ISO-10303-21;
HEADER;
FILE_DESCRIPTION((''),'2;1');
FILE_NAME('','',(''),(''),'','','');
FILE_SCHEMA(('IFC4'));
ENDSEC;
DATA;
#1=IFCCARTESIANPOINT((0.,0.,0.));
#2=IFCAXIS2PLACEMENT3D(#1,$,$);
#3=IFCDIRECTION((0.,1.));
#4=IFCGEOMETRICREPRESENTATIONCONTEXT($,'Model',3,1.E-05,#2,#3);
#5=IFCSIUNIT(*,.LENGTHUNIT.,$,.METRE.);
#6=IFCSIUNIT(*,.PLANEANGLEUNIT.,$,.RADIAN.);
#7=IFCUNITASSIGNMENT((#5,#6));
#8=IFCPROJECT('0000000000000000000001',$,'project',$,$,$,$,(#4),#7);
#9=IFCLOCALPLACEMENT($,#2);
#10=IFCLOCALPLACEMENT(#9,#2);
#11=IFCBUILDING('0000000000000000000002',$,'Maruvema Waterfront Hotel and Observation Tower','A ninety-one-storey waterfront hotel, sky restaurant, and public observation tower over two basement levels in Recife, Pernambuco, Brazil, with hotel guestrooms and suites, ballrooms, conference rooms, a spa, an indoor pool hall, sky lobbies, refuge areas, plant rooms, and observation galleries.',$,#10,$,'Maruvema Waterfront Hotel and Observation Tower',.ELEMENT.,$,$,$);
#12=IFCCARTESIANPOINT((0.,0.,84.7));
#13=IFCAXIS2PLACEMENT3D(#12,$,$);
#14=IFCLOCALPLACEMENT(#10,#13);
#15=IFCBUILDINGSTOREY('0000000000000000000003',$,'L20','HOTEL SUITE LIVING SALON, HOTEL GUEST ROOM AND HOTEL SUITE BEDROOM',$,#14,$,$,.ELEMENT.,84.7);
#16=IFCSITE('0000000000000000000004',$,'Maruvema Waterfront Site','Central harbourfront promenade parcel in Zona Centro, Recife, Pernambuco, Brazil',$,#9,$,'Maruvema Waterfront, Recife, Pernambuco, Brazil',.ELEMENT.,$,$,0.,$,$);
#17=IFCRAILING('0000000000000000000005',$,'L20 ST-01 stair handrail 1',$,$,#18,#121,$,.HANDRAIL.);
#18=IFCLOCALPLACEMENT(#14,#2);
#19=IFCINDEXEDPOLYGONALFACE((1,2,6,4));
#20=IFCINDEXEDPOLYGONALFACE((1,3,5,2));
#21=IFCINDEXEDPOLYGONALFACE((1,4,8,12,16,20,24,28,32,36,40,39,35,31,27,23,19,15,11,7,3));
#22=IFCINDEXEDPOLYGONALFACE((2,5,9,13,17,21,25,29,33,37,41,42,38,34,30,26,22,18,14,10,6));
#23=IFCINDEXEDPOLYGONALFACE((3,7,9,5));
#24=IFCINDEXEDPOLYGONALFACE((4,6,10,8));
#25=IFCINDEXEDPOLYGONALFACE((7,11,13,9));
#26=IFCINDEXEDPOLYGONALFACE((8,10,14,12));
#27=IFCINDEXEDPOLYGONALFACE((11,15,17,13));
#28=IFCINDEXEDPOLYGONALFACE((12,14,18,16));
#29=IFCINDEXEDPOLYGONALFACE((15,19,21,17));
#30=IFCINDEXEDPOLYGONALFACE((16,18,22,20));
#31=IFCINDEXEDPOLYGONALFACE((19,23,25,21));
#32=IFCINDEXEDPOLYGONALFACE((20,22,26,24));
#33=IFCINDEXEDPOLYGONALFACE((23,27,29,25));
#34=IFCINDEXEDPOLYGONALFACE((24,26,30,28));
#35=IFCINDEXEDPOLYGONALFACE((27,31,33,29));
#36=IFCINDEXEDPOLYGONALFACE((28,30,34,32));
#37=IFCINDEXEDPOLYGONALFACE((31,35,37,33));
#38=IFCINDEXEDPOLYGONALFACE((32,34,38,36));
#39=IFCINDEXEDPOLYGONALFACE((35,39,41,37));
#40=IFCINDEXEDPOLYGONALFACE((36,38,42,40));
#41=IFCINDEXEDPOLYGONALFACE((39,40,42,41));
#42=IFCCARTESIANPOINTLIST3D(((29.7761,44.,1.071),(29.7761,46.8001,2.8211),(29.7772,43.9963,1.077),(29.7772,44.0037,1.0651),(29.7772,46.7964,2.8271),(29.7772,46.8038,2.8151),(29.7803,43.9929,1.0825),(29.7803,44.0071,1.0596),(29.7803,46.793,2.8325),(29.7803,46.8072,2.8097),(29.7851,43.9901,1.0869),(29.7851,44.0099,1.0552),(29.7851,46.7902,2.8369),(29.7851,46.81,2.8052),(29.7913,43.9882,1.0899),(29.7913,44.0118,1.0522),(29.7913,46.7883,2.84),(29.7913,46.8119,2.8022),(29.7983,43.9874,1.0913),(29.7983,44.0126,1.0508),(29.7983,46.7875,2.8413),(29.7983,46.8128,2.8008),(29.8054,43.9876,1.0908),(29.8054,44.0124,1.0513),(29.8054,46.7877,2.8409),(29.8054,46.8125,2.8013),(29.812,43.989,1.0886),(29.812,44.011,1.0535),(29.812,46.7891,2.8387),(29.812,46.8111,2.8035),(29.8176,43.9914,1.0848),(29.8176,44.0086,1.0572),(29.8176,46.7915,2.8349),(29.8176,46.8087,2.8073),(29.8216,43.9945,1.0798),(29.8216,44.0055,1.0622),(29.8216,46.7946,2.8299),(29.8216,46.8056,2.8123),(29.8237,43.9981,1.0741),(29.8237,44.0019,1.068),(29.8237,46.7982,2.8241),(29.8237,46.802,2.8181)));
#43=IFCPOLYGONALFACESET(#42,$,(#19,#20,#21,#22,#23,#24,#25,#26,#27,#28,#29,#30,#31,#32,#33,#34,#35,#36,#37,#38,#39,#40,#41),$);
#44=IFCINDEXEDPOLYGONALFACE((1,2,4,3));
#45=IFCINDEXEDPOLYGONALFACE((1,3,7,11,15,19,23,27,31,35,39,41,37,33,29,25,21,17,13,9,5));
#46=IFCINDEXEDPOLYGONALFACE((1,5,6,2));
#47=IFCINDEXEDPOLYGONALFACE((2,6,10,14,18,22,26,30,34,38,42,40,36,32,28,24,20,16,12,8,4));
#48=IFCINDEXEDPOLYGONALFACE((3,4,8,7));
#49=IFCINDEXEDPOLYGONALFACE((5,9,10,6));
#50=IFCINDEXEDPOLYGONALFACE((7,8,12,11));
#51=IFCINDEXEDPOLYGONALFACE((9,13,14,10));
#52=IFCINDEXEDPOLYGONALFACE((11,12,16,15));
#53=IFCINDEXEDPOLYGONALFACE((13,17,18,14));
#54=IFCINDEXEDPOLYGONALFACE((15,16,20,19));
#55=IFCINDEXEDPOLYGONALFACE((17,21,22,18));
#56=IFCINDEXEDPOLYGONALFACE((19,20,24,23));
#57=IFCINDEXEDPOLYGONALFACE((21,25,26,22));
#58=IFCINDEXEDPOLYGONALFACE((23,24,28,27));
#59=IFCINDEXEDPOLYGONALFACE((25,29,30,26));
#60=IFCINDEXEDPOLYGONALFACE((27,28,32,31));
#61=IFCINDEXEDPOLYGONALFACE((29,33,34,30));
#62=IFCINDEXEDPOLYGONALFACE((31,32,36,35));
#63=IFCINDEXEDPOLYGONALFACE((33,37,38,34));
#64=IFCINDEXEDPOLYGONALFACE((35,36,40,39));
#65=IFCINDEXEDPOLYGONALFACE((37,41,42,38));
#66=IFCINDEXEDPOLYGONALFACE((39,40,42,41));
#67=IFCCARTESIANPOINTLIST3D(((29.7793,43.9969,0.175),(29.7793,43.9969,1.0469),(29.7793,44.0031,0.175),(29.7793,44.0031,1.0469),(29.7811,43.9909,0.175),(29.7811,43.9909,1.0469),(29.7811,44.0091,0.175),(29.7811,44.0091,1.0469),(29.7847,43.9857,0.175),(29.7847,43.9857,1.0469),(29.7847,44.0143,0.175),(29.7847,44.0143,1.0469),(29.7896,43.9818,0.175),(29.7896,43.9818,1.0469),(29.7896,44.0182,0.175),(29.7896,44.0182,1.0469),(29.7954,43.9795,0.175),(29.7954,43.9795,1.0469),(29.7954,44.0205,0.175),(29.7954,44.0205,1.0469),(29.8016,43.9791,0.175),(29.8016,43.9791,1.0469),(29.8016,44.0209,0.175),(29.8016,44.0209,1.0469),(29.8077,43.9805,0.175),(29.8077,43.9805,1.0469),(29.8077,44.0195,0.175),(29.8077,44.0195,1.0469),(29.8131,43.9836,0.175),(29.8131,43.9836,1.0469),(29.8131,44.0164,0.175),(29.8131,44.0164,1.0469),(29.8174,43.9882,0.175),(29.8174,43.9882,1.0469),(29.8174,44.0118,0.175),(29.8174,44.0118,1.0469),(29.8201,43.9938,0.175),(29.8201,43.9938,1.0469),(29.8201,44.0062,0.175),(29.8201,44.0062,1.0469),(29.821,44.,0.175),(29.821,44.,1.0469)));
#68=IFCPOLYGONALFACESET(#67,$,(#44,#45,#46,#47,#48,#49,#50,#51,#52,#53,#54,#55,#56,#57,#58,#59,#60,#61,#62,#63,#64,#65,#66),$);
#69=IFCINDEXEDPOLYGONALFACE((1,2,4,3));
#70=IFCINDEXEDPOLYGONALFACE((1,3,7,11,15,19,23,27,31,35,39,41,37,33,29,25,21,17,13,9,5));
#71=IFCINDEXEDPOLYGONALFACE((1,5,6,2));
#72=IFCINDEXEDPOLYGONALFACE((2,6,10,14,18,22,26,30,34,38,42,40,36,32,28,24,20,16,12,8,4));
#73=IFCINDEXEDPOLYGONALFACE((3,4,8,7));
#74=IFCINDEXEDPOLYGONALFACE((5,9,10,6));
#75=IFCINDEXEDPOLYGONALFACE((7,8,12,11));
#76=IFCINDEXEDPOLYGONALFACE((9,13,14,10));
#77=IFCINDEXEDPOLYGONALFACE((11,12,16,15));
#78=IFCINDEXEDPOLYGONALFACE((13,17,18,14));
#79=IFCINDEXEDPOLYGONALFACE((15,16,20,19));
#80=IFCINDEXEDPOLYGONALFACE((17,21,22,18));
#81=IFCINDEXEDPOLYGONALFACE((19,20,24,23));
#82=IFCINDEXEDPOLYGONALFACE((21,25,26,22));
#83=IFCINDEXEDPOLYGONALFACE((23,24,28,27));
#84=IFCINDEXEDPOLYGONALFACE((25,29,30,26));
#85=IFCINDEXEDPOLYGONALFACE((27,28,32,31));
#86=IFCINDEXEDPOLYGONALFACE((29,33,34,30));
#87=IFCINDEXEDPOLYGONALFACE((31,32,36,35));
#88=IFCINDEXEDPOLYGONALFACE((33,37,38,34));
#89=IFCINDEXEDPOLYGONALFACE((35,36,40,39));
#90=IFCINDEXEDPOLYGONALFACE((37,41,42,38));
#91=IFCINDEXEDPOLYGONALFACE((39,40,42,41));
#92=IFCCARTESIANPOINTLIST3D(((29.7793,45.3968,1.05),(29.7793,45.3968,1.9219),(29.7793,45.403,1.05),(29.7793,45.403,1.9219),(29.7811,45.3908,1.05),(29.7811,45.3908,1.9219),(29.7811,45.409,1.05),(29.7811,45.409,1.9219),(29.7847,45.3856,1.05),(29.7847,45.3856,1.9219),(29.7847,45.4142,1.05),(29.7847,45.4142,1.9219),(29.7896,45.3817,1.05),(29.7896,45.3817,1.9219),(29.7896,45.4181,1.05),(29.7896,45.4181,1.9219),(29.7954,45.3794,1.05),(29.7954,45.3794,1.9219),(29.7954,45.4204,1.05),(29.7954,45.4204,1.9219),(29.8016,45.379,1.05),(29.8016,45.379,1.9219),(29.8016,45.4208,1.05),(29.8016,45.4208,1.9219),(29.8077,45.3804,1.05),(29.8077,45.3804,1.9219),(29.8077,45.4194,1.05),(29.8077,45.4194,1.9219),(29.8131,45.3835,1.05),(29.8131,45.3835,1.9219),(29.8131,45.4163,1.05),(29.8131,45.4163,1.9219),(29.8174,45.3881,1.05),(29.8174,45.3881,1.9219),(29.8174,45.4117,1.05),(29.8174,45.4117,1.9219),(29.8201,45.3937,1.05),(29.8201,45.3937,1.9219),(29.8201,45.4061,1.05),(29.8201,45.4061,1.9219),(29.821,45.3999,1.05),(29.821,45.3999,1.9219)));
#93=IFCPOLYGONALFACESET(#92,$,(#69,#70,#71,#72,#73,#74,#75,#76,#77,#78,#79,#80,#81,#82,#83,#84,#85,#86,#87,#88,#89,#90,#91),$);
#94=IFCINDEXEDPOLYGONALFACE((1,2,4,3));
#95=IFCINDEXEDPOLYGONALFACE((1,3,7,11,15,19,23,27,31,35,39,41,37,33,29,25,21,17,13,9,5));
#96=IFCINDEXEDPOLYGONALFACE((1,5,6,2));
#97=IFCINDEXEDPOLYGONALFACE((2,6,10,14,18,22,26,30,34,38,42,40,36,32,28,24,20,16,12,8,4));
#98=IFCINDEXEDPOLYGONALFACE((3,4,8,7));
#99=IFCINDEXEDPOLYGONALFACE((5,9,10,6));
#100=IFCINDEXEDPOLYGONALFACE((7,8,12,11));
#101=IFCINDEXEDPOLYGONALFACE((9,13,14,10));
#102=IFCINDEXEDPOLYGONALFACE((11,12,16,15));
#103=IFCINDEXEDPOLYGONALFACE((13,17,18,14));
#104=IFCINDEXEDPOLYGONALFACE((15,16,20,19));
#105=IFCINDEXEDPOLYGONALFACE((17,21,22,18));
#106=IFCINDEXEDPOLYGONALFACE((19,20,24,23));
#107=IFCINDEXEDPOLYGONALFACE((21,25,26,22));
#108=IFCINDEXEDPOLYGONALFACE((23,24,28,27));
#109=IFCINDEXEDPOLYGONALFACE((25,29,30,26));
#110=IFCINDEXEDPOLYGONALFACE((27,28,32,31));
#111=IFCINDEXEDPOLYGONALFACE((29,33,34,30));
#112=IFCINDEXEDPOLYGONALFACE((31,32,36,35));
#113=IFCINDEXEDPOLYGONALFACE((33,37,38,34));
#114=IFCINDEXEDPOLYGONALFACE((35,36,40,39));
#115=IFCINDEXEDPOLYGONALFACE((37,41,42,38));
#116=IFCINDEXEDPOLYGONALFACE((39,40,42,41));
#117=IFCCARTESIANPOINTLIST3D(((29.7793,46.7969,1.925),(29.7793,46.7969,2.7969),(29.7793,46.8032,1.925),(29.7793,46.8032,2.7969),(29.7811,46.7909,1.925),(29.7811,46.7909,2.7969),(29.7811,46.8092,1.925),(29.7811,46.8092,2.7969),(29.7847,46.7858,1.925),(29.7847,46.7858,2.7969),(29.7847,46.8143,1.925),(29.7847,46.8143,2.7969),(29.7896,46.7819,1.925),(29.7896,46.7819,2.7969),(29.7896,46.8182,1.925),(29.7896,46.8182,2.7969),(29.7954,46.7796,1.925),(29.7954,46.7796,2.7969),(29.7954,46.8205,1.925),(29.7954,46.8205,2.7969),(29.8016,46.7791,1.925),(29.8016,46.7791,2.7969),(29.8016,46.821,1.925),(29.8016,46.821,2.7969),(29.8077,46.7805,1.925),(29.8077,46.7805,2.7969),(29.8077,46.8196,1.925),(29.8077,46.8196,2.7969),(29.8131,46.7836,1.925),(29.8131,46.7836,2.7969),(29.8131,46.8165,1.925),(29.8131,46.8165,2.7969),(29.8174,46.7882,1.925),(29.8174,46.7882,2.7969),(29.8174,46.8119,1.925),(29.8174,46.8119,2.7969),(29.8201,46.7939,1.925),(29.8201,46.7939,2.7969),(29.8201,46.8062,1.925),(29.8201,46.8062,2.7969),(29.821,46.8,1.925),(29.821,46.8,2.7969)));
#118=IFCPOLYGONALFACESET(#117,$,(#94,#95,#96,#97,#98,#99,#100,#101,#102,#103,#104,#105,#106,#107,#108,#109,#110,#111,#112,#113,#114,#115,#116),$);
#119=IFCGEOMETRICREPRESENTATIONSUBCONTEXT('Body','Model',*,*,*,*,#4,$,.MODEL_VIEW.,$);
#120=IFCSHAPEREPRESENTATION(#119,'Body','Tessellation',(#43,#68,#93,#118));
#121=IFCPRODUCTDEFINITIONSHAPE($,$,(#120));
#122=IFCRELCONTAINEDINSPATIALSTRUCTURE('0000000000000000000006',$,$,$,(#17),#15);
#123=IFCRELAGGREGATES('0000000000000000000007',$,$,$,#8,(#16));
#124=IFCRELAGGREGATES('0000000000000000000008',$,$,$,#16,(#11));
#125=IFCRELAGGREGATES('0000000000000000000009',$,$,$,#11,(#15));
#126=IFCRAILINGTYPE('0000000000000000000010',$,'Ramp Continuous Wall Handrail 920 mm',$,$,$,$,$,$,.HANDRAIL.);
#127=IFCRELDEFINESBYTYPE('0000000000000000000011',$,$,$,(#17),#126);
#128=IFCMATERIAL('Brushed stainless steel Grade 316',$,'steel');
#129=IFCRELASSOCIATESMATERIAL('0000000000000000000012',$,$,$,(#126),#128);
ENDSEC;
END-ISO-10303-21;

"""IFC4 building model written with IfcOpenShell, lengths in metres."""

from ifc_helpers import new_model, si_unit, direction, frame, origin, origin_2d, place, context, subcontext, project, spatial, circle, extrude, material, type_object, element, save


model = new_model("IFC4")

# Units and contexts
model_context = context("Model", 3, precision=1e-05, world=origin(), true_north=direction((0.0, 1.0)))
body_context = subcontext(model_context, "Body", "Model", "MODEL_VIEW")
ifc_project = project(units=[si_unit("LENGTHUNIT", "METRE"), si_unit("PLANEANGLEUNIT", "RADIAN")], contexts=[model_context])

# Site, building, storey
site_placement = place(None, origin())
site = spatial("IfcSite", under=ifc_project, at=site_placement, Name="Maruvema Waterfront Site", Description="Central harbourfront promenade parcel in Zona Centro, Recife, Pernambuco, Brazil", LongName="Maruvema Waterfront, Recife, Pernambuco, Brazil", CompositionType="ELEMENT", RefElevation=0.0)
building_placement = place(site_placement, origin())
building = spatial("IfcBuilding", under=site, at=building_placement, Name="Maruvema Waterfront Hotel and Observation Tower", Description="A ninety-one-storey waterfront hotel, sky restaurant, and public observation tower over two basement levels in Recife, Pernambuco, Brazil, with hotel guestrooms and suites, ballrooms, conference rooms, a spa, an indoor pool hall, sky lobbies, refuge areas, plant rooms, and observation galleries.", LongName="Maruvema Waterfront Hotel and Observation Tower", CompositionType="ELEMENT")
storey_placement = place(building_placement, frame((0.0, 0.0, 84.7)))
storey = spatial("IfcBuildingStorey", under=building, at=storey_placement, Name="L20", Description="HOTEL SUITE LIVING SALON, HOTEL GUEST ROOM AND HOTEL SUITE BEDROOM", CompositionType="ELEMENT", Elevation=84.7)

# Railing
ifc_material_1 = material(Name="Brushed stainless steel Grade 316", Category="steel")
railing_type_1 = type_object("IfcRailingType", Name="Ramp Continuous Wall Handrail 920 mm", PredefinedType="HANDRAIL", material=ifc_material_1)
railing_1_placement = place(storey_placement, frame((29.8, 44.0, 0.175)))
element("IfcRailing", 1, at=railing_1_placement, inside=storey, type_object=railing_type_1, Name="L20 ST-01 stair handrail 1", PredefinedType="HANDRAIL", context=body_context, shape_type="SweptSolid", body=[
    extrude(circle(Radius=0.0239, at=origin_2d()), frame((0.0, 0.0, 0.896), z_axis=(0.0, 0.848002, 0.529992), x_axis=(-1.0, 0.0, 0.0)), (0.0, 0.0, 1.0), 3.302),
    extrude(circle(Radius=0.021, at=origin_2d()), origin(), (0.0, 0.0, 1.0), 0.8718),
    extrude(circle(Radius=0.021, at=origin_2d()), frame((0.0, 1.3999, 0.875)), (0.0, 0.0, 1.0), 0.8718),
    extrude(circle(Radius=0.021, at=origin_2d()), frame((0.0, 2.8, 1.75)), (0.0, 0.0, 1.0), 0.8718),
])

save(model, "model.ifc")
